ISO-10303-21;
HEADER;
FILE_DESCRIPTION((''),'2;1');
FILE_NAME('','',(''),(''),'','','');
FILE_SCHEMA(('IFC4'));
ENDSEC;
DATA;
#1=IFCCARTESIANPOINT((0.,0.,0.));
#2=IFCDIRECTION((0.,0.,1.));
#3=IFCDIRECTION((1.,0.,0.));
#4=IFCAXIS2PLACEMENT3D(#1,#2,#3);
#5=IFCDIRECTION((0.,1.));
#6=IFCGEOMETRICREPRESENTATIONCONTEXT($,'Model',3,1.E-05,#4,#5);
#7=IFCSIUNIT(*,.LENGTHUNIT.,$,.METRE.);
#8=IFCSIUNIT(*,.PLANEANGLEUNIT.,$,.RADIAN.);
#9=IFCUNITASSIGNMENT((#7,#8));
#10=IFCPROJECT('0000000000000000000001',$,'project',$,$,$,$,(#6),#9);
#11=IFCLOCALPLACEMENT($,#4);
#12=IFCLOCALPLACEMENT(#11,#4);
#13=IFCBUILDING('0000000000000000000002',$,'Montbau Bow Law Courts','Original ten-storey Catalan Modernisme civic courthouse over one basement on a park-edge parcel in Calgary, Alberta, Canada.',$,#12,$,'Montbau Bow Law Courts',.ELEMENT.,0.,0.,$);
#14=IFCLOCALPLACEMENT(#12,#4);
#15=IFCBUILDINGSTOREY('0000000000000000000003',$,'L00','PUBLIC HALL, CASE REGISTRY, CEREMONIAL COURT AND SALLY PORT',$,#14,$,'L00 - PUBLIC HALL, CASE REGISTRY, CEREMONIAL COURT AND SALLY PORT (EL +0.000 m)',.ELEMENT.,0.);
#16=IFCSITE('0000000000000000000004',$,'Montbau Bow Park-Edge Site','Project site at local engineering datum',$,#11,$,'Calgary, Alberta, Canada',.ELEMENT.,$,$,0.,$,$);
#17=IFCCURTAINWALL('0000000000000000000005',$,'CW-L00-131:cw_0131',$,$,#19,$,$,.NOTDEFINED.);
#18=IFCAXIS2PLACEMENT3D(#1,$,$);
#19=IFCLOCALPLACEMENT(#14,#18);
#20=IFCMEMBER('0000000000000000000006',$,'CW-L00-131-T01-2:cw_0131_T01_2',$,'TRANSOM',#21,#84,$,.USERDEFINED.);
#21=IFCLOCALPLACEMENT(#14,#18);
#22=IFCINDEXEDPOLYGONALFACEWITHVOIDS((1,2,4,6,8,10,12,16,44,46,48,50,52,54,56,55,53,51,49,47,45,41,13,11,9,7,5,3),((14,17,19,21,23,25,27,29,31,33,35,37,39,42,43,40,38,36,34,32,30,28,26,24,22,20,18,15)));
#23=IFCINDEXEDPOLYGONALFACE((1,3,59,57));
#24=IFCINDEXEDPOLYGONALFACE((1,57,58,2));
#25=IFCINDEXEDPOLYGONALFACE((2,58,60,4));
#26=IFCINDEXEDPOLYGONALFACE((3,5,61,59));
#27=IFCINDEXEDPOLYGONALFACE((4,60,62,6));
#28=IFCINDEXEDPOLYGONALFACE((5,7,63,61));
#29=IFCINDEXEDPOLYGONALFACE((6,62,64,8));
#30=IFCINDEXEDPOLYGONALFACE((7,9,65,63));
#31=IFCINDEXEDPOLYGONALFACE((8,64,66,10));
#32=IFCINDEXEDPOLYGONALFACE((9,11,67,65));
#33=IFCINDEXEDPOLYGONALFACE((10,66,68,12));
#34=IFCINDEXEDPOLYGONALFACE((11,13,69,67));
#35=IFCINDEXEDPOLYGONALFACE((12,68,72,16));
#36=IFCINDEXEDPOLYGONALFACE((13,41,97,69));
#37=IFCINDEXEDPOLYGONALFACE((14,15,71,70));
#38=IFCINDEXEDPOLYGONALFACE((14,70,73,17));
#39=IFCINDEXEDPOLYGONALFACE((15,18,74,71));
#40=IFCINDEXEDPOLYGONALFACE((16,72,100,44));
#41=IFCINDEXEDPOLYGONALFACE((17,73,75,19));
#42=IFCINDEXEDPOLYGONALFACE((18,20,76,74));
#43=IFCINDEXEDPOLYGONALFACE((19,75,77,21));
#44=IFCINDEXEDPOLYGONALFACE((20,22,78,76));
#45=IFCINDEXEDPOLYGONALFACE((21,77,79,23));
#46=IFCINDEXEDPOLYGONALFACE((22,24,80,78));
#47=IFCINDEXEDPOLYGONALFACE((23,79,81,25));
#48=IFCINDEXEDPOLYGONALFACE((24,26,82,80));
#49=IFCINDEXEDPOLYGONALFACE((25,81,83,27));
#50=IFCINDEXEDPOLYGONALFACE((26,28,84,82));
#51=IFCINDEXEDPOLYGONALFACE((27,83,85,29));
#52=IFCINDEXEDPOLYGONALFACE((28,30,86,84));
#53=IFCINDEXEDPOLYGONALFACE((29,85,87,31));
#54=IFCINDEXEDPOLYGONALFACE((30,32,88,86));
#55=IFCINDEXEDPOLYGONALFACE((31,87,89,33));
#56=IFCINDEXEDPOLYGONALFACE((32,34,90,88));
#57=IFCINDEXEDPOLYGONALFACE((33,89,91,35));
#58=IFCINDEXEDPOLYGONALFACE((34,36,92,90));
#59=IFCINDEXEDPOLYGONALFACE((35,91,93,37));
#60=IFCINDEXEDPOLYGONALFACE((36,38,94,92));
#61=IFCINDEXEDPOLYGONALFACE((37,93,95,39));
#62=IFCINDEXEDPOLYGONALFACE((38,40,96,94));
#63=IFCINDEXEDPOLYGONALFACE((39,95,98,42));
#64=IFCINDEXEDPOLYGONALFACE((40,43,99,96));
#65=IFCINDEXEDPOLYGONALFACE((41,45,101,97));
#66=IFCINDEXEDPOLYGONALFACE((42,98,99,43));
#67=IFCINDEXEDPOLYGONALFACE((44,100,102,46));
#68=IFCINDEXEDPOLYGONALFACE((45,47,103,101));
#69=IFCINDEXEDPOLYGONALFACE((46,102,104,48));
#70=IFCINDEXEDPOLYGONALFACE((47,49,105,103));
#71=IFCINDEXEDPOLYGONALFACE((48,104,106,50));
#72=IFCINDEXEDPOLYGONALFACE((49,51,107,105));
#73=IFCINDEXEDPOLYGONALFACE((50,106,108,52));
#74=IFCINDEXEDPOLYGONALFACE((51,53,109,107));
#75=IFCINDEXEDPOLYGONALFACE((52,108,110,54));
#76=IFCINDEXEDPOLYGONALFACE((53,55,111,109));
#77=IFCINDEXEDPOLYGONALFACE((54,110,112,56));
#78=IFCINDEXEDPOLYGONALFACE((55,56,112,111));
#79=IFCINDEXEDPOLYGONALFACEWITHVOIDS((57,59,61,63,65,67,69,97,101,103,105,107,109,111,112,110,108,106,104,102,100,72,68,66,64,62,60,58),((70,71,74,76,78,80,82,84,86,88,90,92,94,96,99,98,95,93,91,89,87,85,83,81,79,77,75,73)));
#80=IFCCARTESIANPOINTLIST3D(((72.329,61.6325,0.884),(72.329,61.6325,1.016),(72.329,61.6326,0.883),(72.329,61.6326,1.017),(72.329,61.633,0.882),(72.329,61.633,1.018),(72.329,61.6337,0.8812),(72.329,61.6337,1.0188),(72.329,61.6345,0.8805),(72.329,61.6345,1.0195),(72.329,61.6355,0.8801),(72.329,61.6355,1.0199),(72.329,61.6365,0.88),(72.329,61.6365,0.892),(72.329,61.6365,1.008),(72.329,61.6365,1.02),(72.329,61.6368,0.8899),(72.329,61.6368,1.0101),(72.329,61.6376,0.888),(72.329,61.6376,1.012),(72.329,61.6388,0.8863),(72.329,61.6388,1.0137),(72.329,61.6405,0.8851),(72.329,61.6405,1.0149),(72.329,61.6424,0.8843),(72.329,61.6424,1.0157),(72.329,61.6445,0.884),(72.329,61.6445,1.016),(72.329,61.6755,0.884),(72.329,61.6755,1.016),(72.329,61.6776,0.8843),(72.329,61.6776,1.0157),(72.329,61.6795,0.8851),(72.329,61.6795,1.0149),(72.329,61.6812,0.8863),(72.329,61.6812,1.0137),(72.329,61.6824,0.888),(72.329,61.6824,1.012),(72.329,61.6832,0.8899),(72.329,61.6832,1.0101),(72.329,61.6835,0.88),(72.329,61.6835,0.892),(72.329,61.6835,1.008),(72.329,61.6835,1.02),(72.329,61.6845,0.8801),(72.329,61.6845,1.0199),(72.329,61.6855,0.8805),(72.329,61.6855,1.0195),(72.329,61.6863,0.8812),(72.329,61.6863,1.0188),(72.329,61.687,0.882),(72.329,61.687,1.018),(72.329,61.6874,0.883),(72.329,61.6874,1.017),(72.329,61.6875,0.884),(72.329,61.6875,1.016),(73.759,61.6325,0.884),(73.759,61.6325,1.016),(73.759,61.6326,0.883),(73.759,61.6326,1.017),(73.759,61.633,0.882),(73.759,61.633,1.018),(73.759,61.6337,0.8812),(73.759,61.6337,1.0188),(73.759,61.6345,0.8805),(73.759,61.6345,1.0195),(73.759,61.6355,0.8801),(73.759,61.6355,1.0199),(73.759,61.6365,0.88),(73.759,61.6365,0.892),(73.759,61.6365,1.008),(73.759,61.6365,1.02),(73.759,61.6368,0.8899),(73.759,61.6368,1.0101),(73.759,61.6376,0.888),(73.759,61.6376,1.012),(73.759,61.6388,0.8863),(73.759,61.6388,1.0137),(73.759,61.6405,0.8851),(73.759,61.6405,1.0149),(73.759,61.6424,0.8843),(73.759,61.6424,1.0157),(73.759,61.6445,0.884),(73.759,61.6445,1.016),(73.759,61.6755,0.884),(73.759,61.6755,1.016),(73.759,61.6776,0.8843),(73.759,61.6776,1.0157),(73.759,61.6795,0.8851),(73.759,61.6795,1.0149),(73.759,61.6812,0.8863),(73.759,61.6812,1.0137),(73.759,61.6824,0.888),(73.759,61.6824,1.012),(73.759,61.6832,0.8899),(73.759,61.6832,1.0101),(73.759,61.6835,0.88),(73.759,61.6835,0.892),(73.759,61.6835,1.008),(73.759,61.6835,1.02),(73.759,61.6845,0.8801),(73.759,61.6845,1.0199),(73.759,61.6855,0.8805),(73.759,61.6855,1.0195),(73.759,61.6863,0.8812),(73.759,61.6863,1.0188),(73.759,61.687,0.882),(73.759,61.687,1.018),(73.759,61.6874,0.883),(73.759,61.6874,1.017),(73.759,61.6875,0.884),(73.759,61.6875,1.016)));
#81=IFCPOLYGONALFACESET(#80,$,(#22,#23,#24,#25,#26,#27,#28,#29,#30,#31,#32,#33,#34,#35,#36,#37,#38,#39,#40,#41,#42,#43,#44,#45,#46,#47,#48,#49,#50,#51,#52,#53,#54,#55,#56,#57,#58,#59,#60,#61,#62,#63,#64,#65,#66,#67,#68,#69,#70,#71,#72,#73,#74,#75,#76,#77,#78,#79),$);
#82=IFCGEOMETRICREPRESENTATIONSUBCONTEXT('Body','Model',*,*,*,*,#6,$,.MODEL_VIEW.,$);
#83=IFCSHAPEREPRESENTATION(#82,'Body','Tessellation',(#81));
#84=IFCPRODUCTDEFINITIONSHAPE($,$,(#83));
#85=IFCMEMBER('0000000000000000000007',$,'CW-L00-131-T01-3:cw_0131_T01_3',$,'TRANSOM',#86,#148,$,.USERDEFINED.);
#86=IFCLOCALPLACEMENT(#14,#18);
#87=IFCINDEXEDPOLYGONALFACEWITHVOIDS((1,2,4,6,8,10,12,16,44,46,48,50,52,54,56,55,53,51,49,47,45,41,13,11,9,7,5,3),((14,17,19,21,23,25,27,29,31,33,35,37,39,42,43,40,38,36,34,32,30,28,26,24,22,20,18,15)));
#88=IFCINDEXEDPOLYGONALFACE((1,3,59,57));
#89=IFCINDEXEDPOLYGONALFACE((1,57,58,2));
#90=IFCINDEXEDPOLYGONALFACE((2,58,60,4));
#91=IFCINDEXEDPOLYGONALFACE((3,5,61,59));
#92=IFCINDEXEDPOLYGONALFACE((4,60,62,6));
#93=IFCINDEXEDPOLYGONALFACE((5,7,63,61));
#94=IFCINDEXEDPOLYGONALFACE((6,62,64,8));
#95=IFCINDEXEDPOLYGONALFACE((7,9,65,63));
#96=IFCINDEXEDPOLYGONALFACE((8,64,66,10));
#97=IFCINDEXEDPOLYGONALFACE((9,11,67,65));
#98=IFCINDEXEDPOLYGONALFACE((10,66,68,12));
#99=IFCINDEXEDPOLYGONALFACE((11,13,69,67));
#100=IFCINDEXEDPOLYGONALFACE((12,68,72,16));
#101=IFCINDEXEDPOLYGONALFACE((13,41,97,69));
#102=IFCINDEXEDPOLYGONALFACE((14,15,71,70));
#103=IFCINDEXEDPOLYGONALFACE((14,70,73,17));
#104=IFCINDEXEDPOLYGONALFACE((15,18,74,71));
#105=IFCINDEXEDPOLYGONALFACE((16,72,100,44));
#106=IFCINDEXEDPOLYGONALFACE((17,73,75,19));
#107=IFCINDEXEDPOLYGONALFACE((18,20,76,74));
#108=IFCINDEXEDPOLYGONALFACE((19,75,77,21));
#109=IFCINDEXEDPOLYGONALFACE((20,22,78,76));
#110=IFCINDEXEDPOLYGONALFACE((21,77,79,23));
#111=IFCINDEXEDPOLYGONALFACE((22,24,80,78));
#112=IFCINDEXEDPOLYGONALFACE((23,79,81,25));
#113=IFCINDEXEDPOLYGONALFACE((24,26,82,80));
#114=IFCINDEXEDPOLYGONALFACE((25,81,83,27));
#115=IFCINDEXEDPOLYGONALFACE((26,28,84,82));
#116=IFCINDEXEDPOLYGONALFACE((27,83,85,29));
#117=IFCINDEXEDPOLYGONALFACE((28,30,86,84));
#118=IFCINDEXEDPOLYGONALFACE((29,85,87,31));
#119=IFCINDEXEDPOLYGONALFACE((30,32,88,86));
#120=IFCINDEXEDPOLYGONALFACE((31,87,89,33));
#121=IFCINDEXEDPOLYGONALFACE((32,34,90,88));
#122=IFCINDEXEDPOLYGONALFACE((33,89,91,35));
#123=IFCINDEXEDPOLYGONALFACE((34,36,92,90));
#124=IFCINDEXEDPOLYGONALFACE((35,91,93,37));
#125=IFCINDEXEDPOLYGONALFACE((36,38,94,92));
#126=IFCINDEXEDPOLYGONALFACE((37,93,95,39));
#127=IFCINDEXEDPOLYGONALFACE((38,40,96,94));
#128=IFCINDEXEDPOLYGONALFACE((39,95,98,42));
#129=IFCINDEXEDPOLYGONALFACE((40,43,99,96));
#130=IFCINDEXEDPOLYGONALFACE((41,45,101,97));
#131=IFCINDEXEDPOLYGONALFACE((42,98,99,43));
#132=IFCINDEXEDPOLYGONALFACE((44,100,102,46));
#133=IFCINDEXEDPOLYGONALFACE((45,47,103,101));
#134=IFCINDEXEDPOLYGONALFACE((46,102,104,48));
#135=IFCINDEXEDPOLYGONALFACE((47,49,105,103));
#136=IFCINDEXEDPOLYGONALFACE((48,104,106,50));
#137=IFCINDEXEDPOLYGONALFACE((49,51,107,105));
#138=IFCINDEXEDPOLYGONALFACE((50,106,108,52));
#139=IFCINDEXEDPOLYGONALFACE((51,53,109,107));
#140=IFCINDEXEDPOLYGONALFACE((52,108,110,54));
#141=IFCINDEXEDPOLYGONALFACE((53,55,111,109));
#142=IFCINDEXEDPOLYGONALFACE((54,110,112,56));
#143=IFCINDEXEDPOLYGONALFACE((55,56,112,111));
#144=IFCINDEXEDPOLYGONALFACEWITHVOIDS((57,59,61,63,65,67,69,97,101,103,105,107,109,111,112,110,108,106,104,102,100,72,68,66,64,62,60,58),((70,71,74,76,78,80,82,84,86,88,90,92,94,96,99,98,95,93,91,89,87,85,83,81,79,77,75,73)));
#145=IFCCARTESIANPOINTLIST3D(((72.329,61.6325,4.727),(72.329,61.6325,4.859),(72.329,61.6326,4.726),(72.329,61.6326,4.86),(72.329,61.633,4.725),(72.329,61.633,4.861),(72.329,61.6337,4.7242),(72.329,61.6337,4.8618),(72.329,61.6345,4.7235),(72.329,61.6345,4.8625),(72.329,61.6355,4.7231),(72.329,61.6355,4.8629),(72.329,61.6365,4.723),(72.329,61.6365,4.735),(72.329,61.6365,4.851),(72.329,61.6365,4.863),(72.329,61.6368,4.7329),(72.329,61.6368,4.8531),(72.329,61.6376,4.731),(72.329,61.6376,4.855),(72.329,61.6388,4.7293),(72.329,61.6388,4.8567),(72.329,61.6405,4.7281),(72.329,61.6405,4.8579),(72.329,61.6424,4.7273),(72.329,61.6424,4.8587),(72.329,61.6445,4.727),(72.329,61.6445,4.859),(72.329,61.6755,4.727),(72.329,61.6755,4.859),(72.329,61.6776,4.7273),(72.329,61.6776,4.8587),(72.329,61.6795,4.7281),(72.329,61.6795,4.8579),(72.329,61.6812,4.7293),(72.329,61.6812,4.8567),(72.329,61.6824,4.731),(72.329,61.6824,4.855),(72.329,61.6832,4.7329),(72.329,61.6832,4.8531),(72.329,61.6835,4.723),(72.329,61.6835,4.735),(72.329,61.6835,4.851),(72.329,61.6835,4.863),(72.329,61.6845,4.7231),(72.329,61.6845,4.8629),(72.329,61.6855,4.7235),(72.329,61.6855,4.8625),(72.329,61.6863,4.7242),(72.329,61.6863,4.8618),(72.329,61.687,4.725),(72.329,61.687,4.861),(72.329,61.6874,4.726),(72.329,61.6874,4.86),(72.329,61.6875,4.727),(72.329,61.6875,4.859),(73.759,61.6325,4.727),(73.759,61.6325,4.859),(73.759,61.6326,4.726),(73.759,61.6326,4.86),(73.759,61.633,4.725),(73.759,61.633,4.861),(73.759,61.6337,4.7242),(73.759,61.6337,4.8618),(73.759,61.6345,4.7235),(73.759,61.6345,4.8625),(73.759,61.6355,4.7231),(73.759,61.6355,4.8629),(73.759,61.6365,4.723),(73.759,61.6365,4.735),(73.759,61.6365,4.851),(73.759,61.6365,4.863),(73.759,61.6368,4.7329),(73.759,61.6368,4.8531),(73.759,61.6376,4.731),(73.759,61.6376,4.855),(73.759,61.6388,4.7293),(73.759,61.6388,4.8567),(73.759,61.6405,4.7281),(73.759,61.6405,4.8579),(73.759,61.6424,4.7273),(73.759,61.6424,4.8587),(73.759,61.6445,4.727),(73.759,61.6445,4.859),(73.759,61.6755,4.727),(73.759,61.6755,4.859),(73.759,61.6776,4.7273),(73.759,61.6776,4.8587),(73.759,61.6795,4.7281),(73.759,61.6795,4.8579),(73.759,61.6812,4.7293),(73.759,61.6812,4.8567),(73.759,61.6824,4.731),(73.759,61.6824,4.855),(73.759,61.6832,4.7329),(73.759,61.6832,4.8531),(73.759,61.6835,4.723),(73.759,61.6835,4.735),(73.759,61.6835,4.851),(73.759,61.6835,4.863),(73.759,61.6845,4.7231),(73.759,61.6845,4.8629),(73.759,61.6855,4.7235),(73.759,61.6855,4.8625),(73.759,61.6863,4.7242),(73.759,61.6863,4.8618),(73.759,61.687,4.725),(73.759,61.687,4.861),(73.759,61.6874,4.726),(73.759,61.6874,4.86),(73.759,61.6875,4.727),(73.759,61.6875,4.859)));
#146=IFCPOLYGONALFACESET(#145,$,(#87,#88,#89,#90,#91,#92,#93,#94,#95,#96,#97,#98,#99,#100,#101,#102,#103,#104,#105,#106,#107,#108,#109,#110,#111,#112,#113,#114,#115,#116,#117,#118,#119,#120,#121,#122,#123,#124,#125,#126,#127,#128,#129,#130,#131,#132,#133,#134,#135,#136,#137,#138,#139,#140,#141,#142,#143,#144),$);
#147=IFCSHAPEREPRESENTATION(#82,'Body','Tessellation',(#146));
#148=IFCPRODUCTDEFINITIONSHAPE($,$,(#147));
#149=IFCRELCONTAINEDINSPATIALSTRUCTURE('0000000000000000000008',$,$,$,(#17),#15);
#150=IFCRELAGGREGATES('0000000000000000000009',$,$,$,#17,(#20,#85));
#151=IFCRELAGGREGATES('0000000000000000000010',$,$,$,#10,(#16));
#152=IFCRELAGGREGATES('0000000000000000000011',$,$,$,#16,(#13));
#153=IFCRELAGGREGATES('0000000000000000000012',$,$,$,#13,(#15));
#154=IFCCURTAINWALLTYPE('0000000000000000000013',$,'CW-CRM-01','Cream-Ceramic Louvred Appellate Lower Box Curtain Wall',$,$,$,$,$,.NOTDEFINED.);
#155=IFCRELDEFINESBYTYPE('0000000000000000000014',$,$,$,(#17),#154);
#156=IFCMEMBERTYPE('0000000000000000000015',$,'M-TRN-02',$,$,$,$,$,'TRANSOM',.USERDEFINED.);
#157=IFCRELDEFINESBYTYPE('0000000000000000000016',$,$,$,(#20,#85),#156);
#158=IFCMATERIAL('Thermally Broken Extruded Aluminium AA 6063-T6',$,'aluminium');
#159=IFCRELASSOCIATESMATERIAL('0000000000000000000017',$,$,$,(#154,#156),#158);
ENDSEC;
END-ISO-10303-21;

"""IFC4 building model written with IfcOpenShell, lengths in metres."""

from ifc_helpers import new_model, si_unit, direction, frame, origin_with_axes, origin_2d_with_axis, place, context, subcontext, project, spatial, hollow_rectangle, extrude, material, material_profile, profile_set, type_object, element, aggregate, save


model = new_model("IFC4")

# Units and contexts
model_context = context("Model", 3, precision=1e-05, world=origin_with_axes(), true_north=direction((0.0, 1.0)))
body_context = subcontext(model_context, "Body", "Model", "MODEL_VIEW")
ifc_project = project(units=[si_unit("LENGTHUNIT", "METRE"), si_unit("PLANEANGLEUNIT", "RADIAN")], contexts=[model_context])

# Site, building, storey
site_placement = place(None, origin_with_axes())
site = spatial("IfcSite", under=ifc_project, at=site_placement, Name="Montbau Bow Park-Edge Site", Description="Project site at local engineering datum", LongName="Calgary, Alberta, Canada", CompositionType="ELEMENT", RefElevation=0.0)
building_placement = place(site_placement, origin_with_axes())
building = spatial("IfcBuilding", under=site, at=building_placement, Name="Montbau Bow Law Courts", Description="Original ten-storey Catalan Modernisme civic courthouse over one basement on a park-edge parcel in Calgary, Alberta, Canada.", LongName="Montbau Bow Law Courts", CompositionType="ELEMENT", ElevationOfRefHeight=0.0, ElevationOfTerrain=0.0)
storey_placement = place(building_placement, origin_with_axes())
storey = spatial("IfcBuildingStorey", under=building, at=storey_placement, Name="L00", Description="PUBLIC HALL, CASE REGISTRY, CEREMONIAL COURT AND SALLY PORT", LongName="L00 - PUBLIC HALL, CASE REGISTRY, CEREMONIAL COURT AND SALLY PORT (EL +0.000 m)", CompositionType="ELEMENT", Elevation=0.0)

# Curtain wall, members
ifc_material_1 = material(Name="Thermally Broken Extruded Aluminium AA 6063-T6", Category="aluminium")
curtain_wall_type = type_object("IfcCurtainWallType", Name="CW-CRM-01", Description="Cream-Ceramic Louvred Appellate Lower Box Curtain Wall", PredefinedType="NOTDEFINED", material=ifc_material_1)
curtain_wall_placement = place(None, frame((72.267, 61.66, 0.0), z_axis=(0.0, 0.0, 1.0), x_axis=(1.0, 0.0, 0.0)))
curtain_wall = element("IfcCurtainWall", 1, at=curtain_wall_placement, inside=storey, type_object=curtain_wall_type, Name="CW-L00-131:cw_0131", PredefinedType="NOTDEFINED")
ifc_material_profile_1 = material_profile(ifc_material_1, hollow_rectangle(XDim=0.055, YDim=0.14, WallThickness=0.004, InnerFilletRadius=0.008, OuterFilletRadius=0.004, at=origin_2d_with_axis()), Name="CWT-140X55", Category="Main", Priority=0)
ifc_profile_set_1 = profile_set([ifc_material_profile_1], Name="Thermally Broken Extruded Aluminium AA 6063-T6")
member_type_1 = type_object("IfcMemberType", Name="M-TRN-02", ElementType="TRANSOM", PredefinedType="USERDEFINED", material=ifc_profile_set_1)
member_1_placement = place(None, frame((72.329, 61.66, 0.95), z_axis=(1.0, 0.0, 0.0), x_axis=(0.0, 1.0, 0.0)))
member_1 = element("IfcMember", 2, at=member_1_placement, type_object=member_type_1, Name="CW-L00-131-T01-2:cw_0131_T01_2", ObjectType="TRANSOM", PredefinedType="USERDEFINED", context=body_context, shape_type="SweptSolid", body=[
    extrude(hollow_rectangle(XDim=0.055, YDim=0.14, WallThickness=0.004, InnerFilletRadius=0.008, OuterFilletRadius=0.004, at=origin_2d_with_axis()), origin_with_axes(), (0.0, 0.0, 1.0), 1.43),
])
member_2_placement = place(None, frame((72.329, 61.66, 4.793), z_axis=(1.0, 0.0, 0.0), x_axis=(0.0, 1.0, 0.0)))
member_2 = element("IfcMember", 3, at=member_2_placement, type_object=member_type_1, Name="CW-L00-131-T01-3:cw_0131_T01_3", ObjectType="TRANSOM", PredefinedType="USERDEFINED", context=body_context, shape_type="SweptSolid", body=[
    extrude(hollow_rectangle(XDim=0.055, YDim=0.14, WallThickness=0.004, InnerFilletRadius=0.008, OuterFilletRadius=0.004, at=origin_2d_with_axis()), origin_with_axes(), (0.0, 0.0, 1.0), 1.43),
])
aggregate(curtain_wall, [member_1, member_2])

save(model, "model.ifc")
